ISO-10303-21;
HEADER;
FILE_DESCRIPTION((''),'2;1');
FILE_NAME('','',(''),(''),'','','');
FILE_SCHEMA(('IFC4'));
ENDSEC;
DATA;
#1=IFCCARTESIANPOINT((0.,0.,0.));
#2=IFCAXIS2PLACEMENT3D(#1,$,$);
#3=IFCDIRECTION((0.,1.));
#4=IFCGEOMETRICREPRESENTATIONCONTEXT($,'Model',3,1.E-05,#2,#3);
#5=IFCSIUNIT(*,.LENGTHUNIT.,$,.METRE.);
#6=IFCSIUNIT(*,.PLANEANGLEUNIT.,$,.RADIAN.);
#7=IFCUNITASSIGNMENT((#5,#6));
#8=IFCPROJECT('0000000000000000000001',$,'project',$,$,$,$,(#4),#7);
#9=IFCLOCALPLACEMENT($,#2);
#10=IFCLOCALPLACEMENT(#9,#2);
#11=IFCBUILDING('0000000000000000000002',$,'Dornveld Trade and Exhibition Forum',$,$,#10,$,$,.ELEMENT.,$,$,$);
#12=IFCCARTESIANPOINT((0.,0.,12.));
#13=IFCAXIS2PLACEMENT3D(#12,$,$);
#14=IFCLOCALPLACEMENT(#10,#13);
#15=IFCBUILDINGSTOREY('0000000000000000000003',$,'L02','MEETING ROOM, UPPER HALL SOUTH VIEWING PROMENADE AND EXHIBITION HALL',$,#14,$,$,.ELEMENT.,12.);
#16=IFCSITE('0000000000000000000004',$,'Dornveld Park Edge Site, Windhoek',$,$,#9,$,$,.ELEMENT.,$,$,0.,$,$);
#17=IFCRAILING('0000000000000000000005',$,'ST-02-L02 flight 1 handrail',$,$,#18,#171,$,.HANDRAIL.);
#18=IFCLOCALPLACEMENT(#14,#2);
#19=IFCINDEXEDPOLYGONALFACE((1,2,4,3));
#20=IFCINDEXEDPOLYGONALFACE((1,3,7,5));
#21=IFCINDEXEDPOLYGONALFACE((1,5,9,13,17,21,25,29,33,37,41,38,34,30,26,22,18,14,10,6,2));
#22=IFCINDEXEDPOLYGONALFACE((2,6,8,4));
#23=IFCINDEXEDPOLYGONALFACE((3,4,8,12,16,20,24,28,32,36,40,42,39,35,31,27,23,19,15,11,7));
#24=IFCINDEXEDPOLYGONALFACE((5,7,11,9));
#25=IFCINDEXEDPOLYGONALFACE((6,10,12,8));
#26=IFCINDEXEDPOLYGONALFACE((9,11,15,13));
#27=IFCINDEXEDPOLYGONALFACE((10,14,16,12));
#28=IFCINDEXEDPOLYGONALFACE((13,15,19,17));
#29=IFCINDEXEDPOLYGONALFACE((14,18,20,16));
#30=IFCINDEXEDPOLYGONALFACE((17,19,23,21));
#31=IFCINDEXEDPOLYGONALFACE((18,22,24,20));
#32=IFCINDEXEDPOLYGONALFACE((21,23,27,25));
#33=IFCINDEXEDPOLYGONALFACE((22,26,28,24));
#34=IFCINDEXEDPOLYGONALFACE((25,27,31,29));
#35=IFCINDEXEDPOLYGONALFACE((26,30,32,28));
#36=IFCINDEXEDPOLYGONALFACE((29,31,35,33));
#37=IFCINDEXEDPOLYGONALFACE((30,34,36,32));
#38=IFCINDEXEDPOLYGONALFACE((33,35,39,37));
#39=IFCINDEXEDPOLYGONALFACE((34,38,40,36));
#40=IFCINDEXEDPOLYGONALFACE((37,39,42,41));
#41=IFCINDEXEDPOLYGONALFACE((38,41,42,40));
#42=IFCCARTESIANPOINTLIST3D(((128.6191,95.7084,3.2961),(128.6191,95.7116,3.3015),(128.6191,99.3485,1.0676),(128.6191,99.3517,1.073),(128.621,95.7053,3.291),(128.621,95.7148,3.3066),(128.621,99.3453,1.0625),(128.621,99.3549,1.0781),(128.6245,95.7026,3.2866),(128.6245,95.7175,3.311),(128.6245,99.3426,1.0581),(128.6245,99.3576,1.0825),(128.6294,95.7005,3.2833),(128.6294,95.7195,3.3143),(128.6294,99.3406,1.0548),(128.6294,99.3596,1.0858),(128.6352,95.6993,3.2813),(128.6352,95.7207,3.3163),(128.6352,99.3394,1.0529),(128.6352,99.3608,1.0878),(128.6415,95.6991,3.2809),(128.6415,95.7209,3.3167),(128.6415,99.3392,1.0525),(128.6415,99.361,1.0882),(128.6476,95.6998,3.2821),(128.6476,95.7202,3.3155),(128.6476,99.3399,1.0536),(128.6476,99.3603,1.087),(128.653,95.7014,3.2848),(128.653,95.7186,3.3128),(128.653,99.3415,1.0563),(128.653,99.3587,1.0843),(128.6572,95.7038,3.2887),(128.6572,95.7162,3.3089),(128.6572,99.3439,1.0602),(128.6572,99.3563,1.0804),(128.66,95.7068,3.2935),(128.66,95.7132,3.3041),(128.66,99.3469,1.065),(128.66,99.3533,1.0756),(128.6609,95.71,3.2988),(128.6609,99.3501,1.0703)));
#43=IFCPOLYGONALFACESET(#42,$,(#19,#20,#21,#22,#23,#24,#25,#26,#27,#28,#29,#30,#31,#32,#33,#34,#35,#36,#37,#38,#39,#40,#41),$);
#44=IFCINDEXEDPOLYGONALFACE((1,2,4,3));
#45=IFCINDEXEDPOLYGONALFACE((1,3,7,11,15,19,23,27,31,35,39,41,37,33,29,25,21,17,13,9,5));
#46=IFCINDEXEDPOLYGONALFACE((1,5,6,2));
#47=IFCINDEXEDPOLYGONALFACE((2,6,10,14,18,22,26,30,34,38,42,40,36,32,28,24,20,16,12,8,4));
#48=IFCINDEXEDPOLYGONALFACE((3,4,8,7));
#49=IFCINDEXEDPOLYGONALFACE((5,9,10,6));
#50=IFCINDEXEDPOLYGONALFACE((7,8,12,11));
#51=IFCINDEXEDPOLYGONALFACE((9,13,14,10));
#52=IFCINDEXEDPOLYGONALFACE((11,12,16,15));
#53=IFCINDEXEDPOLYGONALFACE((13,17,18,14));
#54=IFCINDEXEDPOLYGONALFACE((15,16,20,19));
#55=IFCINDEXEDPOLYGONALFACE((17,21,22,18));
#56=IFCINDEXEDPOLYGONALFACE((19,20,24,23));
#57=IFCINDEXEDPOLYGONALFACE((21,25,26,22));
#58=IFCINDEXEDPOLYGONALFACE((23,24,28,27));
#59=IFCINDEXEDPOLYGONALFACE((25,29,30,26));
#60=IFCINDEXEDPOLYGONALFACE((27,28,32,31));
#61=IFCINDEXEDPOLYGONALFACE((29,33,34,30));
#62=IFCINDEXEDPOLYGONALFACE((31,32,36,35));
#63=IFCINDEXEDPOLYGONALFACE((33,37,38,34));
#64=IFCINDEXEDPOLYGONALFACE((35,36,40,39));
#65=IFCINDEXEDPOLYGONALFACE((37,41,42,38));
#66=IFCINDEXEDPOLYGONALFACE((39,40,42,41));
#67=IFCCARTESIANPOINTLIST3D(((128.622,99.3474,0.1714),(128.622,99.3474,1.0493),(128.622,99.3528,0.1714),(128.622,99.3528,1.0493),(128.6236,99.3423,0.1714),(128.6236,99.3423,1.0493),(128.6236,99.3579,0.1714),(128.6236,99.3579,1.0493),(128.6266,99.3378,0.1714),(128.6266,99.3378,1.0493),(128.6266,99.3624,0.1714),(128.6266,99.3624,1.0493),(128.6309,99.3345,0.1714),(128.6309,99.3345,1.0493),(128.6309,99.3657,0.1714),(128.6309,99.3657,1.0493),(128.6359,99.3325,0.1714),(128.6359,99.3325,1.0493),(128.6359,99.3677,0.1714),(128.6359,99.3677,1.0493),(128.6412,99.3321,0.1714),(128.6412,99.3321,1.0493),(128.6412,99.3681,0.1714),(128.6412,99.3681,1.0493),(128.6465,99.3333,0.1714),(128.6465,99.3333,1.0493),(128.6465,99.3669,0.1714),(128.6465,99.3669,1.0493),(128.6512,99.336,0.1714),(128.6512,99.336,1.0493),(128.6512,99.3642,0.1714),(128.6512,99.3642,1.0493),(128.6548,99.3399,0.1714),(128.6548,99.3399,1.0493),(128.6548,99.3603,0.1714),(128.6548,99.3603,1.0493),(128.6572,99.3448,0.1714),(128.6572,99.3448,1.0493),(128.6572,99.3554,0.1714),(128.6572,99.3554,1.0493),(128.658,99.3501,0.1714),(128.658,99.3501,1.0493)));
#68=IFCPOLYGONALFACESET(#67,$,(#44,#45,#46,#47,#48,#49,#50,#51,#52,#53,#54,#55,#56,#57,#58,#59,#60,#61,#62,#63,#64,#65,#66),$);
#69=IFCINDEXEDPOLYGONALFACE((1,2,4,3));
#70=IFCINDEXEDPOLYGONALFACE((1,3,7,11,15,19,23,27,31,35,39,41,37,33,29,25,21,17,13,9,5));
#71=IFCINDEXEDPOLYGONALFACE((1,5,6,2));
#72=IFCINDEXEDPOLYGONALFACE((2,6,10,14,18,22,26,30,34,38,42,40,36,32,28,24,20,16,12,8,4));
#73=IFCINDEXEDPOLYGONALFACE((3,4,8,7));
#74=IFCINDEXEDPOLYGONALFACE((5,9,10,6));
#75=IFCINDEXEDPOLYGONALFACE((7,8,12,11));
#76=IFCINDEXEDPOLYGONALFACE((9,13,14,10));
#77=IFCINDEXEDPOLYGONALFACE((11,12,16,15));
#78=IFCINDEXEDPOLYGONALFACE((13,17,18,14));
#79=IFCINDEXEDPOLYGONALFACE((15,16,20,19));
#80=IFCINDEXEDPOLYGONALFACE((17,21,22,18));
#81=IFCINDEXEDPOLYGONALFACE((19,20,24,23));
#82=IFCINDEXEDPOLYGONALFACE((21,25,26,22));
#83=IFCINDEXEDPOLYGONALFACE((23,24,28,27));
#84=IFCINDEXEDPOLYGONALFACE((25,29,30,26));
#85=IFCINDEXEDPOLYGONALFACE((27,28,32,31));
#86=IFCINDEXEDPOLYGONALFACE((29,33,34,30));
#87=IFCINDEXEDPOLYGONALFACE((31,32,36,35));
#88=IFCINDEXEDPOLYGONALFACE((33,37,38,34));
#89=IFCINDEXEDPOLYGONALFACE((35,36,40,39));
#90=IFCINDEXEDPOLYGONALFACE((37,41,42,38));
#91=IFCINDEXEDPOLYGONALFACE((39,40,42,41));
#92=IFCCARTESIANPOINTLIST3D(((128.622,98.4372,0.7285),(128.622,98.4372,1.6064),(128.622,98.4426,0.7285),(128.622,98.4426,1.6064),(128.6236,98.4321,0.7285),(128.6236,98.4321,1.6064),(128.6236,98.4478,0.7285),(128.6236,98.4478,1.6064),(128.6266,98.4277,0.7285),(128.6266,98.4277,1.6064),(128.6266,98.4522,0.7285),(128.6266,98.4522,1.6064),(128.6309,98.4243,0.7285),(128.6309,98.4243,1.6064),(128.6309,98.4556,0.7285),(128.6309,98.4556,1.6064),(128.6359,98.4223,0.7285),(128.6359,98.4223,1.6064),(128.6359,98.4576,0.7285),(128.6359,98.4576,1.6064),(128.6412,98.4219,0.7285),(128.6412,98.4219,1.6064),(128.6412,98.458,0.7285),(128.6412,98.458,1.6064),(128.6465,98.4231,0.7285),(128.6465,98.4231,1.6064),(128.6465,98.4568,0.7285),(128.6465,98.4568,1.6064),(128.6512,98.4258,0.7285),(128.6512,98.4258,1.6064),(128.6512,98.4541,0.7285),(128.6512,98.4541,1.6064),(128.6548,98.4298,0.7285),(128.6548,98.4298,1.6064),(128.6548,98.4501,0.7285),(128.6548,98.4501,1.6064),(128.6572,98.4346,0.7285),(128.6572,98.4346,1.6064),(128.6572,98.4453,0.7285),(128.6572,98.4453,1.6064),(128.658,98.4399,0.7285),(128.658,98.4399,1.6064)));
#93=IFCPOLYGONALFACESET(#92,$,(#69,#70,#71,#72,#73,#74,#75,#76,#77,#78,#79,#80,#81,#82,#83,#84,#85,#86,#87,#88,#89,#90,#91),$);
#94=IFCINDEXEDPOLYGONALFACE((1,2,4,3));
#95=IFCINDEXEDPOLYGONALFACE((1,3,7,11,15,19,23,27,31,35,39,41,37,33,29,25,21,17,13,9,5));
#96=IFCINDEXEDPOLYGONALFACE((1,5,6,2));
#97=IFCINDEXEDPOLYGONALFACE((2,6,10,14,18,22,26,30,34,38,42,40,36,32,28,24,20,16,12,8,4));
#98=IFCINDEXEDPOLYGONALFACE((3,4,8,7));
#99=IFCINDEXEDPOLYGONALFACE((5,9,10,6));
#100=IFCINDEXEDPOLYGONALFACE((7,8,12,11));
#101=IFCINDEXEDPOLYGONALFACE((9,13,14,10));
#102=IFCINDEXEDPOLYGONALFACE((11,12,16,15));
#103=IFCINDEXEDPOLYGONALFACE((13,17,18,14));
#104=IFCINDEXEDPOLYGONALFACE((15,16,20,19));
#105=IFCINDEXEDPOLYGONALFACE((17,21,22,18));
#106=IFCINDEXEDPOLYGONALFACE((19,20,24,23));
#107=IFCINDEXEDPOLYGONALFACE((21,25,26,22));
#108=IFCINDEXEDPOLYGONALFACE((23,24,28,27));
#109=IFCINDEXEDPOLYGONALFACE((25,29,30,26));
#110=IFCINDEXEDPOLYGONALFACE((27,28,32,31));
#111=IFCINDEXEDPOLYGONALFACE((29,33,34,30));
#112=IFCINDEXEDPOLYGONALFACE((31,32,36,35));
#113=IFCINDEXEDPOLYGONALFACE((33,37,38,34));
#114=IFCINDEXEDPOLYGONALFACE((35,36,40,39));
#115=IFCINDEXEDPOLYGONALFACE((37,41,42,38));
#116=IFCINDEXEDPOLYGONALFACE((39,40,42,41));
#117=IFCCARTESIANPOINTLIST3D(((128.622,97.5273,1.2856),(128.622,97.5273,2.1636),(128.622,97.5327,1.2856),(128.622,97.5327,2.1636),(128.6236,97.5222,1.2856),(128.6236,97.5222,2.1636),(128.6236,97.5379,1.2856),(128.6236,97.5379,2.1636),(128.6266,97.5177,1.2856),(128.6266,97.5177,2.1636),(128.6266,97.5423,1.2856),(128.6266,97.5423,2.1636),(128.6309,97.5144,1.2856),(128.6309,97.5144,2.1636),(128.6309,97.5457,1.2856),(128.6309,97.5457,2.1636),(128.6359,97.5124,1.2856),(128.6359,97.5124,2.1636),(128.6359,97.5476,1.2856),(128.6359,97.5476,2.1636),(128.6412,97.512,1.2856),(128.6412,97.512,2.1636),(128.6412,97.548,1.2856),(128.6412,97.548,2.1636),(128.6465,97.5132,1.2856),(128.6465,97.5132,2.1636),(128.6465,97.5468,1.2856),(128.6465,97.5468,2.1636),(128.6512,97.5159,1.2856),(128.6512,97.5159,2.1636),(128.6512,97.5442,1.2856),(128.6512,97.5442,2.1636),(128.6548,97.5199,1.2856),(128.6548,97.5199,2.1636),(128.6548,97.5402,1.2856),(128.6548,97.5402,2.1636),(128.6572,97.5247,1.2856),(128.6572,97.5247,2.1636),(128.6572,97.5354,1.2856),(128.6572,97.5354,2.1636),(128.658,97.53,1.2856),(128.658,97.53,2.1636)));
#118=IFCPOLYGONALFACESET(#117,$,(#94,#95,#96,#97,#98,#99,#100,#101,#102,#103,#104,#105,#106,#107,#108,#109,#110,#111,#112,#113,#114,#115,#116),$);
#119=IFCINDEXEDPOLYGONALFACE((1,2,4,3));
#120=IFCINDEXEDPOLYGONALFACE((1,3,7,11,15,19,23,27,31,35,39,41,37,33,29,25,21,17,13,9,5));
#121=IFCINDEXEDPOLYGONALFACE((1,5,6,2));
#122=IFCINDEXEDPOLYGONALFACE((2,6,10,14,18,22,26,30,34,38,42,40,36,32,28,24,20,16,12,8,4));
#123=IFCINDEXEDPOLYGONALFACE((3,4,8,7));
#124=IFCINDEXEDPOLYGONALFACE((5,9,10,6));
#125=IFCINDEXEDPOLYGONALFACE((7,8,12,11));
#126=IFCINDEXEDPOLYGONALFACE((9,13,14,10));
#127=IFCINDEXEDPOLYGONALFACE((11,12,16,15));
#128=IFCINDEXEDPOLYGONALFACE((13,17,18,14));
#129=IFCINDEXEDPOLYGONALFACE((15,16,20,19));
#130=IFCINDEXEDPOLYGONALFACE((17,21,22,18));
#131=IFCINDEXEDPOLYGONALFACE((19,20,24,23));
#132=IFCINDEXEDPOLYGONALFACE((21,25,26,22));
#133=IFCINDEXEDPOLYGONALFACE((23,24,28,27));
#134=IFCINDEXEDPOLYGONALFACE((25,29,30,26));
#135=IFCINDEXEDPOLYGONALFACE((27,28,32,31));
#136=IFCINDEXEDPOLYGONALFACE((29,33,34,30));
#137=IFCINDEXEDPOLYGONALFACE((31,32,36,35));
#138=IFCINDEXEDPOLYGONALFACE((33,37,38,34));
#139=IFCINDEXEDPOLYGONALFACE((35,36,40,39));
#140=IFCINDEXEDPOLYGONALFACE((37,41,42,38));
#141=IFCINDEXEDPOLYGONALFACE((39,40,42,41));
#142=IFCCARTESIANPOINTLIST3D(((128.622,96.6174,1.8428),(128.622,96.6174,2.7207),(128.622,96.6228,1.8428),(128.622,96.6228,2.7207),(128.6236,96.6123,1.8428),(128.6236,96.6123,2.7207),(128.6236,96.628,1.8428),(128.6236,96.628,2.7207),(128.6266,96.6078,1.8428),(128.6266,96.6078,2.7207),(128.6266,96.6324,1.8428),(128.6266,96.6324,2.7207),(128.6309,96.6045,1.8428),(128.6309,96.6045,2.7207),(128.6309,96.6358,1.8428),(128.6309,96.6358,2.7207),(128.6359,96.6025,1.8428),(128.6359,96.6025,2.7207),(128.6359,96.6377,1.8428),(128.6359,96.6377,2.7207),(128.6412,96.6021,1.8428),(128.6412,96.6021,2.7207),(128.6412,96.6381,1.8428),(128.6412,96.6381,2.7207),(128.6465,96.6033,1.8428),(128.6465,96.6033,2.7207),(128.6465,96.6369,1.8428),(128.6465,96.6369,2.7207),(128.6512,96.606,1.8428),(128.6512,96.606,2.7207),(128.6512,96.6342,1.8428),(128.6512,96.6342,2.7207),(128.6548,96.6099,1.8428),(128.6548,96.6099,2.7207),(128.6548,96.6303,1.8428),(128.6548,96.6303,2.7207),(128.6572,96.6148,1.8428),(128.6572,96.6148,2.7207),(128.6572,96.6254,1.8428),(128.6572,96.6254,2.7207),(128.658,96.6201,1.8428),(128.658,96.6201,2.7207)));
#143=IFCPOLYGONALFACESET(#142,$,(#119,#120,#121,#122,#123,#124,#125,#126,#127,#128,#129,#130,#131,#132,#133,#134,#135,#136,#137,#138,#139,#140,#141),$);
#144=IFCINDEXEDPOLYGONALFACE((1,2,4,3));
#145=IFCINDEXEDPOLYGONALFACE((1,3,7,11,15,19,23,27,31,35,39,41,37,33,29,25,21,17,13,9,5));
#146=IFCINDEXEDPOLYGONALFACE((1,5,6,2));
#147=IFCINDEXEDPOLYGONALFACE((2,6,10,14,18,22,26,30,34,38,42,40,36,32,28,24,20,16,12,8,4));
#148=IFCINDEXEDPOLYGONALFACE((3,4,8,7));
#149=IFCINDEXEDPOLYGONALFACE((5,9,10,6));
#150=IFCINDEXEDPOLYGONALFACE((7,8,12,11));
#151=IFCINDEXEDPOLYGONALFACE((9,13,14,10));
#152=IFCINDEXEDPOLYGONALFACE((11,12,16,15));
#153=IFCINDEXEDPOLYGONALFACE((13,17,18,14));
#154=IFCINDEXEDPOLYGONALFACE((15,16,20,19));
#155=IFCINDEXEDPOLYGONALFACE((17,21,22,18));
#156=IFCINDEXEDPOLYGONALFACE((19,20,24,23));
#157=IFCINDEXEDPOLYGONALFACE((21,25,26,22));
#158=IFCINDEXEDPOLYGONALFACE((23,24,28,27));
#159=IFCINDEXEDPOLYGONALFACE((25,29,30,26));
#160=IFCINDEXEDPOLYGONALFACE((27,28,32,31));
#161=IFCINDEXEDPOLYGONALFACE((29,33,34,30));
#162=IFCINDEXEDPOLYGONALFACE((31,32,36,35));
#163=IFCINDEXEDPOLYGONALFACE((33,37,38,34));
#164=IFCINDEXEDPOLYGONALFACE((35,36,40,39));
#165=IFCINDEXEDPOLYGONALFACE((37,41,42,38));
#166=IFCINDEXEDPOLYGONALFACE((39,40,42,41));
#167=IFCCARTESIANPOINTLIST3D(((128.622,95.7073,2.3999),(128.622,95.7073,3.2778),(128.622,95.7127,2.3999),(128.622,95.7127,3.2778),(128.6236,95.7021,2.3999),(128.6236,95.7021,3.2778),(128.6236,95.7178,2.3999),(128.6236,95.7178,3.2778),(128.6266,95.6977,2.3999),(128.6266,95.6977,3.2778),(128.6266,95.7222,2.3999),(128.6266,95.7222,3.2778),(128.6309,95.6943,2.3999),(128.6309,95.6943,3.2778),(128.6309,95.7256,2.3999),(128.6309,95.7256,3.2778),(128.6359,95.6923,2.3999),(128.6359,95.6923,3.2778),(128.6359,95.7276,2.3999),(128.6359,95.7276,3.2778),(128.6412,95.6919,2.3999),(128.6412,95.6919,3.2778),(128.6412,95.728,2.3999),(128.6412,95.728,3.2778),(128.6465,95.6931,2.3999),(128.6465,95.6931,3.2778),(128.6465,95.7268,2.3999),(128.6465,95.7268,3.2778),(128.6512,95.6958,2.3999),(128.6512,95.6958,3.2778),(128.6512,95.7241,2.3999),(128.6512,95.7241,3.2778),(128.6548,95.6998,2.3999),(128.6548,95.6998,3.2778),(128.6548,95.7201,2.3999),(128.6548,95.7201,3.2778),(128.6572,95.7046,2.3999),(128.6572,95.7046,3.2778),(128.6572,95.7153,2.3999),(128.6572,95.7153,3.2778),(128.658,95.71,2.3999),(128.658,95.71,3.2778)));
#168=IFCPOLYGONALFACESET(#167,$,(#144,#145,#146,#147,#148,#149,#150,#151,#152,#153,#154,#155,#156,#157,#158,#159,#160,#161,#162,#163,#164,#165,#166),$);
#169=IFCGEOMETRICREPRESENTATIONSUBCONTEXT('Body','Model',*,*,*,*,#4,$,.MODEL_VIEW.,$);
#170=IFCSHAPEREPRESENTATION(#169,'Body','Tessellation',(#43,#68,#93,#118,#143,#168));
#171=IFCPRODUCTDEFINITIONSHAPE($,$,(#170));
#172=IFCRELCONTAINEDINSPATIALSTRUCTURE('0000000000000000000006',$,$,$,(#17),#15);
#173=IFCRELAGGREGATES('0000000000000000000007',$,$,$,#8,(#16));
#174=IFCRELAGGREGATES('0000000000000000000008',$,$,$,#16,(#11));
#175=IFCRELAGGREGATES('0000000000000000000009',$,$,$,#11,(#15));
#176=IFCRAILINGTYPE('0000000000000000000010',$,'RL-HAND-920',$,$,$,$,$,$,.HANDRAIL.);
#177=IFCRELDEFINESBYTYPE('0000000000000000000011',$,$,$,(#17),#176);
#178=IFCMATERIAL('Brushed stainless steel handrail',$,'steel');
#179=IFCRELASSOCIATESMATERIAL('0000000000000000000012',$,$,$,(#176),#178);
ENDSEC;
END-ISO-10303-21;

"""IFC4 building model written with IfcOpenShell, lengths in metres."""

from ifc_helpers import new_model, si_unit, direction, frame, origin, origin_2d, place, context, subcontext, project, spatial, circle, extrude, material, type_object, element, save


model = new_model("IFC4")

# Units and contexts
model_context = context("Model", 3, precision=1e-05, world=origin(), true_north=direction((0.0, 1.0)))
body_context = subcontext(model_context, "Body", "Model", "MODEL_VIEW")
ifc_project = project(units=[si_unit("LENGTHUNIT", "METRE"), si_unit("PLANEANGLEUNIT", "RADIAN")], contexts=[model_context])

# Site, building, storey
site_placement = place(None, origin())
site = spatial("IfcSite", under=ifc_project, at=site_placement, Name="Dornveld Park Edge Site, Windhoek", CompositionType="ELEMENT", RefElevation=0.0)
building_placement = place(site_placement, origin())
building = spatial("IfcBuilding", under=site, at=building_placement, Name="Dornveld Trade and Exhibition Forum", CompositionType="ELEMENT")
storey_placement = place(building_placement, frame((0.0, 0.0, 12.0)))
storey = spatial("IfcBuildingStorey", under=building, at=storey_placement, Name="L02", Description="MEETING ROOM, UPPER HALL SOUTH VIEWING PROMENADE AND EXHIBITION HALL", CompositionType="ELEMENT", Elevation=12.0)

# Railing
ifc_material_1 = material(Name="Brushed stainless steel handrail", Category="steel")
railing_type_1 = type_object("IfcRailingType", Name="RL-HAND-920", PredefinedType="HANDRAIL", material=ifc_material_1)
railing_1_placement = place(storey_placement, frame((128.6399, 99.3501, 0.1714)))
element("IfcRailing", 1, at=railing_1_placement, inside=storey, type_object=railing_type_1, Name="ST-02-L02 flight 1 handrail", PredefinedType="HANDRAIL", context=body_context, shape_type="SweptSolid", body=[
    extrude(circle(Radius=0.021, at=origin_2d()), frame((0.0, 0.0, 0.8989), z_axis=(0.0, -0.852866, 0.52213), x_axis=(1.0, 0.0, 0.0)), (0.0, 0.0, 1.0), 4.2681),
    extrude(circle(Radius=0.0181, at=origin_2d()), origin(), (0.0, 0.0, 1.0), 0.8779),
    extrude(circle(Radius=0.0181, at=origin_2d()), frame((0.0, -0.9102, 0.5571)), (0.0, 0.0, 1.0), 0.8779),
    extrude(circle(Radius=0.0181, at=origin_2d()), frame((0.0, -1.8201, 1.1143)), (0.0, 0.0, 1.0), 0.8779),
    extrude(circle(Radius=0.0181, at=origin_2d()), frame((0.0, -2.73, 1.6714)), (0.0, 0.0, 1.0), 0.8779),
    extrude(circle(Radius=0.0181, at=origin_2d()), frame((0.0, -3.6401, 2.2285)), (0.0, 0.0, 1.0), 0.8779),
])

save(model, "model.ifc")
